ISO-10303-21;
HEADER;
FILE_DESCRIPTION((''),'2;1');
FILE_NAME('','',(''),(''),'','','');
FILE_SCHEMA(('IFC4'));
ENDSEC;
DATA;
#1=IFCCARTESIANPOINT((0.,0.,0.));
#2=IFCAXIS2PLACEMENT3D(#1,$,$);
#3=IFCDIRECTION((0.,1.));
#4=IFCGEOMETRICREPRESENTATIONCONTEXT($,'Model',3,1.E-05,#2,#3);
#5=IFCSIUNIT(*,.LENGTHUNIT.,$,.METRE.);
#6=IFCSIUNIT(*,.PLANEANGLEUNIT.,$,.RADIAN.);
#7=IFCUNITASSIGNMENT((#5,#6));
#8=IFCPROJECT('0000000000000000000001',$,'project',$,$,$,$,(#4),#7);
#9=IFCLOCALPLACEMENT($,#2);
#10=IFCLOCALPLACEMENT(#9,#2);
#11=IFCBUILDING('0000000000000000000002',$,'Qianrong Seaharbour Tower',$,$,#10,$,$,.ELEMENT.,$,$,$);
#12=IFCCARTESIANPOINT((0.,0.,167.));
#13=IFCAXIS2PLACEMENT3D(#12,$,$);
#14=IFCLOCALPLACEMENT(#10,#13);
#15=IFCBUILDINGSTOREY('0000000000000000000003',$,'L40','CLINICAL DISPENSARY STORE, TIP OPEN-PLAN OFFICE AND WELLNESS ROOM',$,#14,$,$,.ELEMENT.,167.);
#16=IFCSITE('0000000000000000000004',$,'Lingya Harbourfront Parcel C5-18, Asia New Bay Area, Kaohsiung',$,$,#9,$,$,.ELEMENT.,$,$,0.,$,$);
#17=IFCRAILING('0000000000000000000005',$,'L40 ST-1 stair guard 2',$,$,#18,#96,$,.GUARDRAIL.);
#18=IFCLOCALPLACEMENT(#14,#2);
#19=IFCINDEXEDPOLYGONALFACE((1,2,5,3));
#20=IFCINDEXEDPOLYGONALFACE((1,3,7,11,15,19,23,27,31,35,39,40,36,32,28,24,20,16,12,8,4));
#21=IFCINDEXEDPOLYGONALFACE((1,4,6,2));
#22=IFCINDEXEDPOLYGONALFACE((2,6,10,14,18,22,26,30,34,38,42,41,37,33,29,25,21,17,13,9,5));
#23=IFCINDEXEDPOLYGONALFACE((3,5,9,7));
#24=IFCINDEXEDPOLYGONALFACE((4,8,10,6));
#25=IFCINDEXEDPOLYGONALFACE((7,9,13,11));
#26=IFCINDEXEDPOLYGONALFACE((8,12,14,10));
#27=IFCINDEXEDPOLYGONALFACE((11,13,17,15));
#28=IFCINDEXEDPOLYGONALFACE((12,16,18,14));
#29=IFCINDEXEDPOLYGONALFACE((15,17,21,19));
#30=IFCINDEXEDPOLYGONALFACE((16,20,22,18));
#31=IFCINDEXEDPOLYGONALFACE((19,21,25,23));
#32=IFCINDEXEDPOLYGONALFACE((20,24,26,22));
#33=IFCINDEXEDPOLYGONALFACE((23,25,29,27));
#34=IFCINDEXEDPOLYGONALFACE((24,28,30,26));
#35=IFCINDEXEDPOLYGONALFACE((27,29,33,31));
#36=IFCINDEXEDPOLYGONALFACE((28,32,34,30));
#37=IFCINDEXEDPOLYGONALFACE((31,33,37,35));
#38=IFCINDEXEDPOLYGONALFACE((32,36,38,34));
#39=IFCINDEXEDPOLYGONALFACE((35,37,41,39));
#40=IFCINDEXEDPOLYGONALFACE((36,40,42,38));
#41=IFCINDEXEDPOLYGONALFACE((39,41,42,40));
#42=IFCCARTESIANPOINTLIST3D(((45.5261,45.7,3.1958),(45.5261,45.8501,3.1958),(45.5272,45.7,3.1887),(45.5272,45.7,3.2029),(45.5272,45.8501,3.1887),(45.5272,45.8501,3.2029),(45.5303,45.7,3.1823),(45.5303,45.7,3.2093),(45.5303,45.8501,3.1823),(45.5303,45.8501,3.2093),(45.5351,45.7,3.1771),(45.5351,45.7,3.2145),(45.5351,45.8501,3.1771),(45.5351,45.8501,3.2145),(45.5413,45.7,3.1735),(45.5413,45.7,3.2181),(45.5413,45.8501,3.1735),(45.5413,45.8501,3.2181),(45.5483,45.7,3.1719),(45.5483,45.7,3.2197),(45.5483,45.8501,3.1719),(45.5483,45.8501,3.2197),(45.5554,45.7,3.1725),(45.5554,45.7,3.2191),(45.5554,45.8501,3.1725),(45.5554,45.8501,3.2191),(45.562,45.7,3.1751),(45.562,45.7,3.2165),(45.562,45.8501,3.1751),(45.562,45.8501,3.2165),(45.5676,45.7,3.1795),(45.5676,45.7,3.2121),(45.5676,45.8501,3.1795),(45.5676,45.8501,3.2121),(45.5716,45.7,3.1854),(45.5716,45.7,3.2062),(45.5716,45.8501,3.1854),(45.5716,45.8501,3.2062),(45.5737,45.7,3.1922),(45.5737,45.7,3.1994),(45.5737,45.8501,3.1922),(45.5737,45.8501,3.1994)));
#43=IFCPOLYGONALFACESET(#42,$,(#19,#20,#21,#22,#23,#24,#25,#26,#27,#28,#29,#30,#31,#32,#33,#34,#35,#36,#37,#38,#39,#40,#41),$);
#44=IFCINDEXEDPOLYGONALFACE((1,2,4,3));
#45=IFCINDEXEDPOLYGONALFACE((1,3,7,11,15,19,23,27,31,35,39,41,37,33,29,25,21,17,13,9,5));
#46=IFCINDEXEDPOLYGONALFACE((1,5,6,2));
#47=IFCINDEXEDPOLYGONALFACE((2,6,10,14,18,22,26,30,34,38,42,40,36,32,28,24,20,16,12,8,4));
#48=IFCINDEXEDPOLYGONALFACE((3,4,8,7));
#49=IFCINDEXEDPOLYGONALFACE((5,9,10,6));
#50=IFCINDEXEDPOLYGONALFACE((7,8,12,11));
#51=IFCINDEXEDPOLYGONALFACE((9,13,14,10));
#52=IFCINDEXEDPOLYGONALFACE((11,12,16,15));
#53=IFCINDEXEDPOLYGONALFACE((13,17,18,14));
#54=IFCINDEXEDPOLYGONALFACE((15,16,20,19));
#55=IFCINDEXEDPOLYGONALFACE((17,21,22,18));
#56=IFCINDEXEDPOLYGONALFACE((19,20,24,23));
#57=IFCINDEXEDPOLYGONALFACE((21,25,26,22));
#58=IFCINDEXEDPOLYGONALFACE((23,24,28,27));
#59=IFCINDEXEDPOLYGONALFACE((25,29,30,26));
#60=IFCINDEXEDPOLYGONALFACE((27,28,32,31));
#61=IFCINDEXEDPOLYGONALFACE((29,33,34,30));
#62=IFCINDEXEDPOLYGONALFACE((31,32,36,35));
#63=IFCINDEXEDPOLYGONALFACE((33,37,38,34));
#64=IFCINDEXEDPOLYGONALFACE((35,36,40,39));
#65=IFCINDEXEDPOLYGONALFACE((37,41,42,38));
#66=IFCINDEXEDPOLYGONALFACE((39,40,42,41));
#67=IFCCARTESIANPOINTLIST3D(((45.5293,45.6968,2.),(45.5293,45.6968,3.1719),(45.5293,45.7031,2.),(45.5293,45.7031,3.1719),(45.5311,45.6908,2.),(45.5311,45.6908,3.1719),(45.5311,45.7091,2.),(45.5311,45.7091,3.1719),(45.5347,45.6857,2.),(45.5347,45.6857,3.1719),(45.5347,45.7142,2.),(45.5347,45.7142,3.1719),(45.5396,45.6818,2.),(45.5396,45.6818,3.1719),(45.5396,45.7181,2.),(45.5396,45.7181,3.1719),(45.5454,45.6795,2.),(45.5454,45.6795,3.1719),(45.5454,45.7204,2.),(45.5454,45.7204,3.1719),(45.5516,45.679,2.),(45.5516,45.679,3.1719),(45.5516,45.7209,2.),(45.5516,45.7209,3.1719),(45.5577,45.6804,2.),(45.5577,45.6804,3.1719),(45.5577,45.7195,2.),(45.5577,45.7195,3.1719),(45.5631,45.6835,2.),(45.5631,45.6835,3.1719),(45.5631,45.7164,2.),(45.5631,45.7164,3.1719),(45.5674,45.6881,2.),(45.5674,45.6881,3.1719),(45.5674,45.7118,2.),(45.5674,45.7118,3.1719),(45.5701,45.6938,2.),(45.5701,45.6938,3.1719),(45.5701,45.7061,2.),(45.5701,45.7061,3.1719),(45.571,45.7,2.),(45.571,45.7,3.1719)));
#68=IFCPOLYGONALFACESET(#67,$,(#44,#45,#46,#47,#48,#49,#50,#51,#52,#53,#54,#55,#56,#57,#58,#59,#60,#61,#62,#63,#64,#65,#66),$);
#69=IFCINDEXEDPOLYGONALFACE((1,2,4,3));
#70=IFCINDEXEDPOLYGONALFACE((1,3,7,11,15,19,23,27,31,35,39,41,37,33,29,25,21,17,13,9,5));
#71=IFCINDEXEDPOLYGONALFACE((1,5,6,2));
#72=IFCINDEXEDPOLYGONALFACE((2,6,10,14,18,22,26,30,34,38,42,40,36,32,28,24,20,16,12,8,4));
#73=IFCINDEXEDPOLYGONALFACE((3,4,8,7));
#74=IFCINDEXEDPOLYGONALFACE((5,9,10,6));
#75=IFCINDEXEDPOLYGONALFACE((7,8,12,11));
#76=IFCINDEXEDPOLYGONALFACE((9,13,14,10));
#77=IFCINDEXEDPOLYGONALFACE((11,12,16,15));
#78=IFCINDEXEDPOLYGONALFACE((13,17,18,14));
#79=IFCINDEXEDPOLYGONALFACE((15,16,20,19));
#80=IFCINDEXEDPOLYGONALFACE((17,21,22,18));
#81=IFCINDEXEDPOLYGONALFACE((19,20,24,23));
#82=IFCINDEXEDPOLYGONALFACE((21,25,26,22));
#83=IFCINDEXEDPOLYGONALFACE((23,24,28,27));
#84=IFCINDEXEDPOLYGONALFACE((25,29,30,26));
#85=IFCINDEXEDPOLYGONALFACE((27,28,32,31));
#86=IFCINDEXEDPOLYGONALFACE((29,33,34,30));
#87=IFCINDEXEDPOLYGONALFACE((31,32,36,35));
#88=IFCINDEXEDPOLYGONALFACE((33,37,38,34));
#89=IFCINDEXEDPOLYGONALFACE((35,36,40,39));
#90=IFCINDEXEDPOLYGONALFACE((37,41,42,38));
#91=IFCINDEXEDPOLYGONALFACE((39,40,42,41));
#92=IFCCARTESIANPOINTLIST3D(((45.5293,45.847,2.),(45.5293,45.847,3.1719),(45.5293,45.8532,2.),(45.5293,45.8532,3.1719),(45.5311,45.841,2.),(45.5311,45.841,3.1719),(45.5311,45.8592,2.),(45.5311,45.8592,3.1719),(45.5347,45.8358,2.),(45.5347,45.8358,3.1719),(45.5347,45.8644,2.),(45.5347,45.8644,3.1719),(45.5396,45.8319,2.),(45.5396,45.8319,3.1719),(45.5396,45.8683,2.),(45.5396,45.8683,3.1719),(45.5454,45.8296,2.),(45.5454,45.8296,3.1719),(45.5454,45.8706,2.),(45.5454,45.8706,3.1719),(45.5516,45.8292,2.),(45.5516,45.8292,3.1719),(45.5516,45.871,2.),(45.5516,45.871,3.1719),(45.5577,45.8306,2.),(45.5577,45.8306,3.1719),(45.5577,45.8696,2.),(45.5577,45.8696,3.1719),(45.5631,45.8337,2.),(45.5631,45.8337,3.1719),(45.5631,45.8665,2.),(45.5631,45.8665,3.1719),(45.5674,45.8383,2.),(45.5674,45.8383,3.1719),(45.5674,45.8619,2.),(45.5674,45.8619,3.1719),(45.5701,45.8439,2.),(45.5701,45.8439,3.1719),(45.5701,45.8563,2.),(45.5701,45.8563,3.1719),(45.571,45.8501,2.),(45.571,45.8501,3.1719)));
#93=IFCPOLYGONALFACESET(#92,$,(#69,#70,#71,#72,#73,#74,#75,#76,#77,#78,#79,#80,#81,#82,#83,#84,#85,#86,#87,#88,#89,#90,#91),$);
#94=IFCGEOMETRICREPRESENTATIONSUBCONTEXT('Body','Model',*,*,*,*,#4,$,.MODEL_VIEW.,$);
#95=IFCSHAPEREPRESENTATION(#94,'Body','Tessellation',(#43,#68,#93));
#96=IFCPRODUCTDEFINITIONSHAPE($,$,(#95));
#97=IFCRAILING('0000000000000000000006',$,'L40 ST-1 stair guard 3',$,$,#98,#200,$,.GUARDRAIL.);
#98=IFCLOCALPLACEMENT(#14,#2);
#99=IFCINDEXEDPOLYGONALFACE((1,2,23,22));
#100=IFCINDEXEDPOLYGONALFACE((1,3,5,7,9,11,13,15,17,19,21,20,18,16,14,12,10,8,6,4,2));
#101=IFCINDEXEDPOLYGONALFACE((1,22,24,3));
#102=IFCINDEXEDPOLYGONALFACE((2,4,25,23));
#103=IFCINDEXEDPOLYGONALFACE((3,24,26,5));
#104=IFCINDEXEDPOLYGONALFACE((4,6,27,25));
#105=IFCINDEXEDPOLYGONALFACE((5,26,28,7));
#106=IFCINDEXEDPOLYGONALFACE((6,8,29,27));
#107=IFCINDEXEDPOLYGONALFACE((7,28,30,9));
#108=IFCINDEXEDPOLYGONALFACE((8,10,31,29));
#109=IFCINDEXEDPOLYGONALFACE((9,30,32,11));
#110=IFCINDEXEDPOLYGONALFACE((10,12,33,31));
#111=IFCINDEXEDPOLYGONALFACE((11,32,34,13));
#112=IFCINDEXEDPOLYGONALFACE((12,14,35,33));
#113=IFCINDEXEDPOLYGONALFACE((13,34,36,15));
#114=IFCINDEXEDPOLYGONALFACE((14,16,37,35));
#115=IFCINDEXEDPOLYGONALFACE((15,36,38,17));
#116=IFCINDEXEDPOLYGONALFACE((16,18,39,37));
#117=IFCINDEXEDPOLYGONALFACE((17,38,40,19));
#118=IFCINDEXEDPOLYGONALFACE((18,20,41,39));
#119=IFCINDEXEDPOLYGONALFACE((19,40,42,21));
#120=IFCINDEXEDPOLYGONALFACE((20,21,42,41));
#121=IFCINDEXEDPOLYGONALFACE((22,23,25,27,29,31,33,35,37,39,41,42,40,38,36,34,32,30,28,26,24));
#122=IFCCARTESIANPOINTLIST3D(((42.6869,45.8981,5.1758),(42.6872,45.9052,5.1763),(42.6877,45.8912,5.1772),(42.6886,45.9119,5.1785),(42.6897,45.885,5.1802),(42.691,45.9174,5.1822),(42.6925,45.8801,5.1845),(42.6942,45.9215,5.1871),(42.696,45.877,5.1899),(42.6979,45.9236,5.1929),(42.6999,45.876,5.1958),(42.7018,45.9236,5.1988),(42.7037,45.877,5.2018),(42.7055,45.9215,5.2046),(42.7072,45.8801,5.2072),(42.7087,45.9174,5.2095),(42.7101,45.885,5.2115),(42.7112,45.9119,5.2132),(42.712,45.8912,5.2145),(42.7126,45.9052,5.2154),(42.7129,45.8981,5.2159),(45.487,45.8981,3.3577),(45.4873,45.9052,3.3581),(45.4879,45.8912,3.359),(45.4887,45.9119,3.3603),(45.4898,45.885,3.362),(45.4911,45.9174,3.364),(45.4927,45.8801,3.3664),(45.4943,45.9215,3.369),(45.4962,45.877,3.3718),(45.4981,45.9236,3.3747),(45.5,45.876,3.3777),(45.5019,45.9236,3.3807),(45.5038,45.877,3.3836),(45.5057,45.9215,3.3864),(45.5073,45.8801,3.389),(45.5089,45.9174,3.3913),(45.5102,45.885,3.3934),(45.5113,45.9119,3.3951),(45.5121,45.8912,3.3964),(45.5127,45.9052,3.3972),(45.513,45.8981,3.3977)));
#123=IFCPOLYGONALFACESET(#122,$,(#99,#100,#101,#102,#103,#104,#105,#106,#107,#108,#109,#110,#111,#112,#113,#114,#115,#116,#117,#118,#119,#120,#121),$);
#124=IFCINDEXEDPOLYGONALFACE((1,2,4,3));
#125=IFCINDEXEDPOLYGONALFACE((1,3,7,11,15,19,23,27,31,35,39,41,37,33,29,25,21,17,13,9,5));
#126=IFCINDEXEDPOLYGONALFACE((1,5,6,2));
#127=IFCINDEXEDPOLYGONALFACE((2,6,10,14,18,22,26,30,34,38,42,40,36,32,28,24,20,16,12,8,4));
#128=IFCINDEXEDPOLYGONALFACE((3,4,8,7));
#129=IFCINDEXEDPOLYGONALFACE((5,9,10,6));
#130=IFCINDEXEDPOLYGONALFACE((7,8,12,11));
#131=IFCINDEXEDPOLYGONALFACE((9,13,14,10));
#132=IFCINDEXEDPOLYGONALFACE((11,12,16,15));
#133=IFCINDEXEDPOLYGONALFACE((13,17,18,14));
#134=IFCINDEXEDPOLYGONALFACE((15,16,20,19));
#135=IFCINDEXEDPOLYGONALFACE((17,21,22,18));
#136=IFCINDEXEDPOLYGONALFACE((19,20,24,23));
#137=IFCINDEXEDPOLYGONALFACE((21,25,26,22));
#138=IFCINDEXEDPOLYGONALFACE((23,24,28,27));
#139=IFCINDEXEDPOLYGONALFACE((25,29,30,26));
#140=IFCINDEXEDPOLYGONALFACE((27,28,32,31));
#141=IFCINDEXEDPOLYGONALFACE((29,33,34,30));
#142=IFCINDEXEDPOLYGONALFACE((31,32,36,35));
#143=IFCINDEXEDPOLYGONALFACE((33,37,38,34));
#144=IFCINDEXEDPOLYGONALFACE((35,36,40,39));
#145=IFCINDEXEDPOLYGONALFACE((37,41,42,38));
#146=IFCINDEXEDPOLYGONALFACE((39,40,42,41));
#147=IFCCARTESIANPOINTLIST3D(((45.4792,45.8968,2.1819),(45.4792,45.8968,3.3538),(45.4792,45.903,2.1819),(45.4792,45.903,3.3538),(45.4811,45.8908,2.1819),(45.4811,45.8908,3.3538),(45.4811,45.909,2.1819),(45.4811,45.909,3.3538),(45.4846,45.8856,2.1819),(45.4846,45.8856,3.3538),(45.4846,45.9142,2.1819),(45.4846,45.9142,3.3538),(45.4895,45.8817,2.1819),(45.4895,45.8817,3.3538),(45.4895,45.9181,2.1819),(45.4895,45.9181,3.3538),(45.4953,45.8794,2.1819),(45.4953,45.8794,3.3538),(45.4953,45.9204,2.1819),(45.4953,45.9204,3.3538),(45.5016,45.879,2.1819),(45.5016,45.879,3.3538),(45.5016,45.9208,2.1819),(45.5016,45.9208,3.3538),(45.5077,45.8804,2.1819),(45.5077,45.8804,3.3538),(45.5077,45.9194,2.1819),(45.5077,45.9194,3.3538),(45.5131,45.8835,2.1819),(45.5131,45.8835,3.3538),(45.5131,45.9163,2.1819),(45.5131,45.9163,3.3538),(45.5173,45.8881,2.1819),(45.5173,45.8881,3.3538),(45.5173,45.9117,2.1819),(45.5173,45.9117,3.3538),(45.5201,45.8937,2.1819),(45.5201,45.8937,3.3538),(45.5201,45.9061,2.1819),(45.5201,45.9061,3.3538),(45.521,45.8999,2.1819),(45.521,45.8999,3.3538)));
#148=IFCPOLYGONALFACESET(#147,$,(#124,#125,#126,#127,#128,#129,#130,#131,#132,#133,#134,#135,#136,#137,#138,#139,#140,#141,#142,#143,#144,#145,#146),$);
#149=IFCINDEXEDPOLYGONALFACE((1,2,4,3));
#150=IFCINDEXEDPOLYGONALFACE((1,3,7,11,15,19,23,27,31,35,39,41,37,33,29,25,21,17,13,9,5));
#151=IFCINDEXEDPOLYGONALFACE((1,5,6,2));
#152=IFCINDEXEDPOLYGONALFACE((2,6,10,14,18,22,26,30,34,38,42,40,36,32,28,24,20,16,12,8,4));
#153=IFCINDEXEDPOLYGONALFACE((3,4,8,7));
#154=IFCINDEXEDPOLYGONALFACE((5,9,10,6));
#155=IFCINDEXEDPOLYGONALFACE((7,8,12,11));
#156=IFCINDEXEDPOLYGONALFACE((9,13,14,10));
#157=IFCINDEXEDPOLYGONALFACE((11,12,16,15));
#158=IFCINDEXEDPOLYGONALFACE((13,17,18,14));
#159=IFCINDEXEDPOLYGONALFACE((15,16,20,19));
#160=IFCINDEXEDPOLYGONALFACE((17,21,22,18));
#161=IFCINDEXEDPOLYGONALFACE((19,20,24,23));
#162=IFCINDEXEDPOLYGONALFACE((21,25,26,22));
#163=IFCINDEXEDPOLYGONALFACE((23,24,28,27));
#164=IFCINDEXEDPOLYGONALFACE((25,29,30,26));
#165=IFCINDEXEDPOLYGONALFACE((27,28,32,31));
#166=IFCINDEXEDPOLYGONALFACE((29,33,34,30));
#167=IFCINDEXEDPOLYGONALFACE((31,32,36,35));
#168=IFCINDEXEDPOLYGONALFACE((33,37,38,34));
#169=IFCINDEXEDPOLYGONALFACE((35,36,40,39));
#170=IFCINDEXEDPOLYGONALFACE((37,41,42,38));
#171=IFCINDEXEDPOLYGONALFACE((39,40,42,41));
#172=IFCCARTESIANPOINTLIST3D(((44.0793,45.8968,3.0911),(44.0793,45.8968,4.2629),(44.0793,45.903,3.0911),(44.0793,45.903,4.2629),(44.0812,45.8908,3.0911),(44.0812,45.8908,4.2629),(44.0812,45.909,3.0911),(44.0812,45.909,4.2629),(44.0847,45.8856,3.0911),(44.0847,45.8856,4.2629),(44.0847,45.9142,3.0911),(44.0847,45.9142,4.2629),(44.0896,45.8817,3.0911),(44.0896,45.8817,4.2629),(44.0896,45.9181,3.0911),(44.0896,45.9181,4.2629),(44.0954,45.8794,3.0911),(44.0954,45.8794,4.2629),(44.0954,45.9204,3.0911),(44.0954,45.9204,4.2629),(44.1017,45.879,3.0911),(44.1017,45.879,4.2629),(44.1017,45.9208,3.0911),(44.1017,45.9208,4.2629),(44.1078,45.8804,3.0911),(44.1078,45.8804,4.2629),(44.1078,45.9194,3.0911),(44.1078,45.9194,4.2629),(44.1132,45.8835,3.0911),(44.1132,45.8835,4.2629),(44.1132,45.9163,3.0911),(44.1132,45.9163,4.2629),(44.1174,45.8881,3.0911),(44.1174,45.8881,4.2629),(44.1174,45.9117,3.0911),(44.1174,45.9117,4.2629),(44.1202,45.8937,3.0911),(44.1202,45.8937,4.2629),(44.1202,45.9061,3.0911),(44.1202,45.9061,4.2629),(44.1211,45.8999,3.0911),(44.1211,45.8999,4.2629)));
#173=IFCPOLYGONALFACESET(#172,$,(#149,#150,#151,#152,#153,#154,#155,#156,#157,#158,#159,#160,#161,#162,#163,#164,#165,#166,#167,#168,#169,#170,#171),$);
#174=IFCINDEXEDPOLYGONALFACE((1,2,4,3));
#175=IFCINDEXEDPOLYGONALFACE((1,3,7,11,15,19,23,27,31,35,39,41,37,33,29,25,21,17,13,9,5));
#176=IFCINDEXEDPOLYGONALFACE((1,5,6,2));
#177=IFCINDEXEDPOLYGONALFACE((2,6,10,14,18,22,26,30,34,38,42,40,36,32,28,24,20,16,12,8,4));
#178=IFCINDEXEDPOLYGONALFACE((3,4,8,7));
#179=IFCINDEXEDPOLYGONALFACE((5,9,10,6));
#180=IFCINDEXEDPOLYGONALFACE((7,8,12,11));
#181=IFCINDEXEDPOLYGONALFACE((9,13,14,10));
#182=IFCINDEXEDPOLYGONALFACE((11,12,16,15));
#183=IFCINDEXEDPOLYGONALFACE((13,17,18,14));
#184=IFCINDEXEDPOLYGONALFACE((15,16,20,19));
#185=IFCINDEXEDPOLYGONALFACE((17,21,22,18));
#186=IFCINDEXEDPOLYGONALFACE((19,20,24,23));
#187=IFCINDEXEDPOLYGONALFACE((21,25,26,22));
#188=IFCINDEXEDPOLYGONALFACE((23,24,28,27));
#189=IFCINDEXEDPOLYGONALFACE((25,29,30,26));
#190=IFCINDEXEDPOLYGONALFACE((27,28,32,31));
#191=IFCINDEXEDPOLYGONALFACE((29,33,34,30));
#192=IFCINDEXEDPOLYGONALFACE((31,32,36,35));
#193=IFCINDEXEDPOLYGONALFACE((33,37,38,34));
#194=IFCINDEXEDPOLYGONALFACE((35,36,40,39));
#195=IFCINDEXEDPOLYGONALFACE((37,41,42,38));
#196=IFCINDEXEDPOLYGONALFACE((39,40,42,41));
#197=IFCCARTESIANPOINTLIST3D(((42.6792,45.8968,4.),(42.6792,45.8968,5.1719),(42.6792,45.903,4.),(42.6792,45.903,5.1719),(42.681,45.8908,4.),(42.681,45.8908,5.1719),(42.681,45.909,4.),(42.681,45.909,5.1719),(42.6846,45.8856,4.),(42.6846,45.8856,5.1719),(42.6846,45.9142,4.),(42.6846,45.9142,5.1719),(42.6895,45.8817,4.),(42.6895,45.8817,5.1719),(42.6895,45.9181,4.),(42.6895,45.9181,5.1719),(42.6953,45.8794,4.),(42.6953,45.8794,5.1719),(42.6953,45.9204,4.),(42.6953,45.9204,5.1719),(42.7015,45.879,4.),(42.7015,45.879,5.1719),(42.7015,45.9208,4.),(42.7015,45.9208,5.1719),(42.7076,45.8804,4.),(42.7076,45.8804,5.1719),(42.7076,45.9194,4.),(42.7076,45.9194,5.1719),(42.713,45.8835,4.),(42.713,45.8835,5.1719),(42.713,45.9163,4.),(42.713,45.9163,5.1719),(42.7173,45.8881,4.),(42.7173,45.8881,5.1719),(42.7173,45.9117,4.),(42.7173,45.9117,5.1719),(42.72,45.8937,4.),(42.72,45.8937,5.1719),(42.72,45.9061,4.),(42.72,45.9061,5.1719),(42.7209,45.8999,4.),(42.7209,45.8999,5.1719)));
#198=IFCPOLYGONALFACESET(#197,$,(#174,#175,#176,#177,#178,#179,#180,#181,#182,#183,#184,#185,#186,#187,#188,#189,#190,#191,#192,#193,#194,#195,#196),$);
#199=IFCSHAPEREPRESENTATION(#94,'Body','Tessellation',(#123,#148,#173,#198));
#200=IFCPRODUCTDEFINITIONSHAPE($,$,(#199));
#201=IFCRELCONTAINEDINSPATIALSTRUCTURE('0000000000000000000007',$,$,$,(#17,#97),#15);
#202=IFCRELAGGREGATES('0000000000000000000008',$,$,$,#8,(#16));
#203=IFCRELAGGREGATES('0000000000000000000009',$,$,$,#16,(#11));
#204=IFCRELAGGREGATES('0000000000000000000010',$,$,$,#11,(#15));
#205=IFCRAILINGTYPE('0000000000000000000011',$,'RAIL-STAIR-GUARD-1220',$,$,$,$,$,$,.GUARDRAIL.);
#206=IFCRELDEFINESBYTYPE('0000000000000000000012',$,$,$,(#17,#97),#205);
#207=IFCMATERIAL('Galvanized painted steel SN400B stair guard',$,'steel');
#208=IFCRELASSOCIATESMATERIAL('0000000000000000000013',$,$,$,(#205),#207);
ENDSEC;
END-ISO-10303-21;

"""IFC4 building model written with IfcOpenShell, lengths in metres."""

from ifc_helpers import new_model, si_unit, direction, frame, origin, origin_2d, place, context, subcontext, project, spatial, circle, extrude, material, type_object, element, save


model = new_model("IFC4")

# Units and contexts
model_context = context("Model", 3, precision=1e-05, world=origin(), true_north=direction((0.0, 1.0)))
body_context = subcontext(model_context, "Body", "Model", "MODEL_VIEW")
ifc_project = project(units=[si_unit("LENGTHUNIT", "METRE"), si_unit("PLANEANGLEUNIT", "RADIAN")], contexts=[model_context])

# Site, building, storey
site_placement = place(None, origin())
site = spatial("IfcSite", under=ifc_project, at=site_placement, Name="Lingya Harbourfront Parcel C5-18, Asia New Bay Area, Kaohsiung", CompositionType="ELEMENT", RefElevation=0.0)
building_placement = place(site_placement, origin())
building = spatial("IfcBuilding", under=site, at=building_placement, Name="Qianrong Seaharbour Tower", CompositionType="ELEMENT")
storey_placement = place(building_placement, frame((0.0, 0.0, 167.0)))
storey = spatial("IfcBuildingStorey", under=building, at=storey_placement, Name="L40", Description="CLINICAL DISPENSARY STORE, TIP OPEN-PLAN OFFICE AND WELLNESS ROOM", CompositionType="ELEMENT", Elevation=167.0)

# Railings
ifc_material_1 = material(Name="Galvanized painted steel SN400B stair guard", Category="steel")
railing_type_1 = type_object("IfcRailingType", Name="RAIL-STAIR-GUARD-1220", PredefinedType="GUARDRAIL", material=ifc_material_1)
railing_1_placement = place(storey_placement, frame((45.55, 45.7, 2.0)))
element("IfcRailing", 1, at=railing_1_placement, inside=storey, type_object=railing_type_1, Name="L40 ST-1 stair guard 2", PredefinedType="GUARDRAIL", context=body_context, shape_type="SweptSolid", body=[
    extrude(circle(Radius=0.0239, at=origin_2d()), frame((0.0, 0.0, 1.1958), z_axis=(0.0, 1.0, 0.0), x_axis=(-1.0, 0.0, 0.0)), (0.0, 0.0, 1.0), 0.1501),
    extrude(circle(Radius=0.021, at=origin_2d()), origin(), (0.0, 0.0, 1.0), 1.1719),
    extrude(circle(Radius=0.021, at=origin_2d()), frame((0.0, 0.1501, 0.0)), (0.0, 0.0, 1.0), 1.1719),
])
railing_2_placement = place(storey_placement, frame((45.5, 45.8999, 2.1819)))
element("IfcRailing", 2, at=railing_2_placement, inside=storey, type_object=railing_type_1, Name="L40 ST-1 stair guard 3", PredefinedType="GUARDRAIL", context=body_context, shape_type="SweptSolid", body=[
    extrude(circle(Radius=0.0239, at=origin_2d()), frame((0.0, 0.0, 1.1958), z_axis=(-0.838706, 0.0, 0.544585), x_axis=(0.0, -1.0, 0.0)), (0.0, 0.0, 1.0), 3.3386),
    extrude(circle(Radius=0.021, at=origin_2d()), origin(), (0.0, 0.0, 1.0), 1.1719),
    extrude(circle(Radius=0.021, at=origin_2d()), frame((-1.3999, 0.0, 0.9092)), (0.0, 0.0, 1.0), 1.1719),
    extrude(circle(Radius=0.021, at=origin_2d()), frame((-2.8, 0.0, 1.8181)), (0.0, 0.0, 1.0), 1.1719),
])

save(model, "model.ifc")
